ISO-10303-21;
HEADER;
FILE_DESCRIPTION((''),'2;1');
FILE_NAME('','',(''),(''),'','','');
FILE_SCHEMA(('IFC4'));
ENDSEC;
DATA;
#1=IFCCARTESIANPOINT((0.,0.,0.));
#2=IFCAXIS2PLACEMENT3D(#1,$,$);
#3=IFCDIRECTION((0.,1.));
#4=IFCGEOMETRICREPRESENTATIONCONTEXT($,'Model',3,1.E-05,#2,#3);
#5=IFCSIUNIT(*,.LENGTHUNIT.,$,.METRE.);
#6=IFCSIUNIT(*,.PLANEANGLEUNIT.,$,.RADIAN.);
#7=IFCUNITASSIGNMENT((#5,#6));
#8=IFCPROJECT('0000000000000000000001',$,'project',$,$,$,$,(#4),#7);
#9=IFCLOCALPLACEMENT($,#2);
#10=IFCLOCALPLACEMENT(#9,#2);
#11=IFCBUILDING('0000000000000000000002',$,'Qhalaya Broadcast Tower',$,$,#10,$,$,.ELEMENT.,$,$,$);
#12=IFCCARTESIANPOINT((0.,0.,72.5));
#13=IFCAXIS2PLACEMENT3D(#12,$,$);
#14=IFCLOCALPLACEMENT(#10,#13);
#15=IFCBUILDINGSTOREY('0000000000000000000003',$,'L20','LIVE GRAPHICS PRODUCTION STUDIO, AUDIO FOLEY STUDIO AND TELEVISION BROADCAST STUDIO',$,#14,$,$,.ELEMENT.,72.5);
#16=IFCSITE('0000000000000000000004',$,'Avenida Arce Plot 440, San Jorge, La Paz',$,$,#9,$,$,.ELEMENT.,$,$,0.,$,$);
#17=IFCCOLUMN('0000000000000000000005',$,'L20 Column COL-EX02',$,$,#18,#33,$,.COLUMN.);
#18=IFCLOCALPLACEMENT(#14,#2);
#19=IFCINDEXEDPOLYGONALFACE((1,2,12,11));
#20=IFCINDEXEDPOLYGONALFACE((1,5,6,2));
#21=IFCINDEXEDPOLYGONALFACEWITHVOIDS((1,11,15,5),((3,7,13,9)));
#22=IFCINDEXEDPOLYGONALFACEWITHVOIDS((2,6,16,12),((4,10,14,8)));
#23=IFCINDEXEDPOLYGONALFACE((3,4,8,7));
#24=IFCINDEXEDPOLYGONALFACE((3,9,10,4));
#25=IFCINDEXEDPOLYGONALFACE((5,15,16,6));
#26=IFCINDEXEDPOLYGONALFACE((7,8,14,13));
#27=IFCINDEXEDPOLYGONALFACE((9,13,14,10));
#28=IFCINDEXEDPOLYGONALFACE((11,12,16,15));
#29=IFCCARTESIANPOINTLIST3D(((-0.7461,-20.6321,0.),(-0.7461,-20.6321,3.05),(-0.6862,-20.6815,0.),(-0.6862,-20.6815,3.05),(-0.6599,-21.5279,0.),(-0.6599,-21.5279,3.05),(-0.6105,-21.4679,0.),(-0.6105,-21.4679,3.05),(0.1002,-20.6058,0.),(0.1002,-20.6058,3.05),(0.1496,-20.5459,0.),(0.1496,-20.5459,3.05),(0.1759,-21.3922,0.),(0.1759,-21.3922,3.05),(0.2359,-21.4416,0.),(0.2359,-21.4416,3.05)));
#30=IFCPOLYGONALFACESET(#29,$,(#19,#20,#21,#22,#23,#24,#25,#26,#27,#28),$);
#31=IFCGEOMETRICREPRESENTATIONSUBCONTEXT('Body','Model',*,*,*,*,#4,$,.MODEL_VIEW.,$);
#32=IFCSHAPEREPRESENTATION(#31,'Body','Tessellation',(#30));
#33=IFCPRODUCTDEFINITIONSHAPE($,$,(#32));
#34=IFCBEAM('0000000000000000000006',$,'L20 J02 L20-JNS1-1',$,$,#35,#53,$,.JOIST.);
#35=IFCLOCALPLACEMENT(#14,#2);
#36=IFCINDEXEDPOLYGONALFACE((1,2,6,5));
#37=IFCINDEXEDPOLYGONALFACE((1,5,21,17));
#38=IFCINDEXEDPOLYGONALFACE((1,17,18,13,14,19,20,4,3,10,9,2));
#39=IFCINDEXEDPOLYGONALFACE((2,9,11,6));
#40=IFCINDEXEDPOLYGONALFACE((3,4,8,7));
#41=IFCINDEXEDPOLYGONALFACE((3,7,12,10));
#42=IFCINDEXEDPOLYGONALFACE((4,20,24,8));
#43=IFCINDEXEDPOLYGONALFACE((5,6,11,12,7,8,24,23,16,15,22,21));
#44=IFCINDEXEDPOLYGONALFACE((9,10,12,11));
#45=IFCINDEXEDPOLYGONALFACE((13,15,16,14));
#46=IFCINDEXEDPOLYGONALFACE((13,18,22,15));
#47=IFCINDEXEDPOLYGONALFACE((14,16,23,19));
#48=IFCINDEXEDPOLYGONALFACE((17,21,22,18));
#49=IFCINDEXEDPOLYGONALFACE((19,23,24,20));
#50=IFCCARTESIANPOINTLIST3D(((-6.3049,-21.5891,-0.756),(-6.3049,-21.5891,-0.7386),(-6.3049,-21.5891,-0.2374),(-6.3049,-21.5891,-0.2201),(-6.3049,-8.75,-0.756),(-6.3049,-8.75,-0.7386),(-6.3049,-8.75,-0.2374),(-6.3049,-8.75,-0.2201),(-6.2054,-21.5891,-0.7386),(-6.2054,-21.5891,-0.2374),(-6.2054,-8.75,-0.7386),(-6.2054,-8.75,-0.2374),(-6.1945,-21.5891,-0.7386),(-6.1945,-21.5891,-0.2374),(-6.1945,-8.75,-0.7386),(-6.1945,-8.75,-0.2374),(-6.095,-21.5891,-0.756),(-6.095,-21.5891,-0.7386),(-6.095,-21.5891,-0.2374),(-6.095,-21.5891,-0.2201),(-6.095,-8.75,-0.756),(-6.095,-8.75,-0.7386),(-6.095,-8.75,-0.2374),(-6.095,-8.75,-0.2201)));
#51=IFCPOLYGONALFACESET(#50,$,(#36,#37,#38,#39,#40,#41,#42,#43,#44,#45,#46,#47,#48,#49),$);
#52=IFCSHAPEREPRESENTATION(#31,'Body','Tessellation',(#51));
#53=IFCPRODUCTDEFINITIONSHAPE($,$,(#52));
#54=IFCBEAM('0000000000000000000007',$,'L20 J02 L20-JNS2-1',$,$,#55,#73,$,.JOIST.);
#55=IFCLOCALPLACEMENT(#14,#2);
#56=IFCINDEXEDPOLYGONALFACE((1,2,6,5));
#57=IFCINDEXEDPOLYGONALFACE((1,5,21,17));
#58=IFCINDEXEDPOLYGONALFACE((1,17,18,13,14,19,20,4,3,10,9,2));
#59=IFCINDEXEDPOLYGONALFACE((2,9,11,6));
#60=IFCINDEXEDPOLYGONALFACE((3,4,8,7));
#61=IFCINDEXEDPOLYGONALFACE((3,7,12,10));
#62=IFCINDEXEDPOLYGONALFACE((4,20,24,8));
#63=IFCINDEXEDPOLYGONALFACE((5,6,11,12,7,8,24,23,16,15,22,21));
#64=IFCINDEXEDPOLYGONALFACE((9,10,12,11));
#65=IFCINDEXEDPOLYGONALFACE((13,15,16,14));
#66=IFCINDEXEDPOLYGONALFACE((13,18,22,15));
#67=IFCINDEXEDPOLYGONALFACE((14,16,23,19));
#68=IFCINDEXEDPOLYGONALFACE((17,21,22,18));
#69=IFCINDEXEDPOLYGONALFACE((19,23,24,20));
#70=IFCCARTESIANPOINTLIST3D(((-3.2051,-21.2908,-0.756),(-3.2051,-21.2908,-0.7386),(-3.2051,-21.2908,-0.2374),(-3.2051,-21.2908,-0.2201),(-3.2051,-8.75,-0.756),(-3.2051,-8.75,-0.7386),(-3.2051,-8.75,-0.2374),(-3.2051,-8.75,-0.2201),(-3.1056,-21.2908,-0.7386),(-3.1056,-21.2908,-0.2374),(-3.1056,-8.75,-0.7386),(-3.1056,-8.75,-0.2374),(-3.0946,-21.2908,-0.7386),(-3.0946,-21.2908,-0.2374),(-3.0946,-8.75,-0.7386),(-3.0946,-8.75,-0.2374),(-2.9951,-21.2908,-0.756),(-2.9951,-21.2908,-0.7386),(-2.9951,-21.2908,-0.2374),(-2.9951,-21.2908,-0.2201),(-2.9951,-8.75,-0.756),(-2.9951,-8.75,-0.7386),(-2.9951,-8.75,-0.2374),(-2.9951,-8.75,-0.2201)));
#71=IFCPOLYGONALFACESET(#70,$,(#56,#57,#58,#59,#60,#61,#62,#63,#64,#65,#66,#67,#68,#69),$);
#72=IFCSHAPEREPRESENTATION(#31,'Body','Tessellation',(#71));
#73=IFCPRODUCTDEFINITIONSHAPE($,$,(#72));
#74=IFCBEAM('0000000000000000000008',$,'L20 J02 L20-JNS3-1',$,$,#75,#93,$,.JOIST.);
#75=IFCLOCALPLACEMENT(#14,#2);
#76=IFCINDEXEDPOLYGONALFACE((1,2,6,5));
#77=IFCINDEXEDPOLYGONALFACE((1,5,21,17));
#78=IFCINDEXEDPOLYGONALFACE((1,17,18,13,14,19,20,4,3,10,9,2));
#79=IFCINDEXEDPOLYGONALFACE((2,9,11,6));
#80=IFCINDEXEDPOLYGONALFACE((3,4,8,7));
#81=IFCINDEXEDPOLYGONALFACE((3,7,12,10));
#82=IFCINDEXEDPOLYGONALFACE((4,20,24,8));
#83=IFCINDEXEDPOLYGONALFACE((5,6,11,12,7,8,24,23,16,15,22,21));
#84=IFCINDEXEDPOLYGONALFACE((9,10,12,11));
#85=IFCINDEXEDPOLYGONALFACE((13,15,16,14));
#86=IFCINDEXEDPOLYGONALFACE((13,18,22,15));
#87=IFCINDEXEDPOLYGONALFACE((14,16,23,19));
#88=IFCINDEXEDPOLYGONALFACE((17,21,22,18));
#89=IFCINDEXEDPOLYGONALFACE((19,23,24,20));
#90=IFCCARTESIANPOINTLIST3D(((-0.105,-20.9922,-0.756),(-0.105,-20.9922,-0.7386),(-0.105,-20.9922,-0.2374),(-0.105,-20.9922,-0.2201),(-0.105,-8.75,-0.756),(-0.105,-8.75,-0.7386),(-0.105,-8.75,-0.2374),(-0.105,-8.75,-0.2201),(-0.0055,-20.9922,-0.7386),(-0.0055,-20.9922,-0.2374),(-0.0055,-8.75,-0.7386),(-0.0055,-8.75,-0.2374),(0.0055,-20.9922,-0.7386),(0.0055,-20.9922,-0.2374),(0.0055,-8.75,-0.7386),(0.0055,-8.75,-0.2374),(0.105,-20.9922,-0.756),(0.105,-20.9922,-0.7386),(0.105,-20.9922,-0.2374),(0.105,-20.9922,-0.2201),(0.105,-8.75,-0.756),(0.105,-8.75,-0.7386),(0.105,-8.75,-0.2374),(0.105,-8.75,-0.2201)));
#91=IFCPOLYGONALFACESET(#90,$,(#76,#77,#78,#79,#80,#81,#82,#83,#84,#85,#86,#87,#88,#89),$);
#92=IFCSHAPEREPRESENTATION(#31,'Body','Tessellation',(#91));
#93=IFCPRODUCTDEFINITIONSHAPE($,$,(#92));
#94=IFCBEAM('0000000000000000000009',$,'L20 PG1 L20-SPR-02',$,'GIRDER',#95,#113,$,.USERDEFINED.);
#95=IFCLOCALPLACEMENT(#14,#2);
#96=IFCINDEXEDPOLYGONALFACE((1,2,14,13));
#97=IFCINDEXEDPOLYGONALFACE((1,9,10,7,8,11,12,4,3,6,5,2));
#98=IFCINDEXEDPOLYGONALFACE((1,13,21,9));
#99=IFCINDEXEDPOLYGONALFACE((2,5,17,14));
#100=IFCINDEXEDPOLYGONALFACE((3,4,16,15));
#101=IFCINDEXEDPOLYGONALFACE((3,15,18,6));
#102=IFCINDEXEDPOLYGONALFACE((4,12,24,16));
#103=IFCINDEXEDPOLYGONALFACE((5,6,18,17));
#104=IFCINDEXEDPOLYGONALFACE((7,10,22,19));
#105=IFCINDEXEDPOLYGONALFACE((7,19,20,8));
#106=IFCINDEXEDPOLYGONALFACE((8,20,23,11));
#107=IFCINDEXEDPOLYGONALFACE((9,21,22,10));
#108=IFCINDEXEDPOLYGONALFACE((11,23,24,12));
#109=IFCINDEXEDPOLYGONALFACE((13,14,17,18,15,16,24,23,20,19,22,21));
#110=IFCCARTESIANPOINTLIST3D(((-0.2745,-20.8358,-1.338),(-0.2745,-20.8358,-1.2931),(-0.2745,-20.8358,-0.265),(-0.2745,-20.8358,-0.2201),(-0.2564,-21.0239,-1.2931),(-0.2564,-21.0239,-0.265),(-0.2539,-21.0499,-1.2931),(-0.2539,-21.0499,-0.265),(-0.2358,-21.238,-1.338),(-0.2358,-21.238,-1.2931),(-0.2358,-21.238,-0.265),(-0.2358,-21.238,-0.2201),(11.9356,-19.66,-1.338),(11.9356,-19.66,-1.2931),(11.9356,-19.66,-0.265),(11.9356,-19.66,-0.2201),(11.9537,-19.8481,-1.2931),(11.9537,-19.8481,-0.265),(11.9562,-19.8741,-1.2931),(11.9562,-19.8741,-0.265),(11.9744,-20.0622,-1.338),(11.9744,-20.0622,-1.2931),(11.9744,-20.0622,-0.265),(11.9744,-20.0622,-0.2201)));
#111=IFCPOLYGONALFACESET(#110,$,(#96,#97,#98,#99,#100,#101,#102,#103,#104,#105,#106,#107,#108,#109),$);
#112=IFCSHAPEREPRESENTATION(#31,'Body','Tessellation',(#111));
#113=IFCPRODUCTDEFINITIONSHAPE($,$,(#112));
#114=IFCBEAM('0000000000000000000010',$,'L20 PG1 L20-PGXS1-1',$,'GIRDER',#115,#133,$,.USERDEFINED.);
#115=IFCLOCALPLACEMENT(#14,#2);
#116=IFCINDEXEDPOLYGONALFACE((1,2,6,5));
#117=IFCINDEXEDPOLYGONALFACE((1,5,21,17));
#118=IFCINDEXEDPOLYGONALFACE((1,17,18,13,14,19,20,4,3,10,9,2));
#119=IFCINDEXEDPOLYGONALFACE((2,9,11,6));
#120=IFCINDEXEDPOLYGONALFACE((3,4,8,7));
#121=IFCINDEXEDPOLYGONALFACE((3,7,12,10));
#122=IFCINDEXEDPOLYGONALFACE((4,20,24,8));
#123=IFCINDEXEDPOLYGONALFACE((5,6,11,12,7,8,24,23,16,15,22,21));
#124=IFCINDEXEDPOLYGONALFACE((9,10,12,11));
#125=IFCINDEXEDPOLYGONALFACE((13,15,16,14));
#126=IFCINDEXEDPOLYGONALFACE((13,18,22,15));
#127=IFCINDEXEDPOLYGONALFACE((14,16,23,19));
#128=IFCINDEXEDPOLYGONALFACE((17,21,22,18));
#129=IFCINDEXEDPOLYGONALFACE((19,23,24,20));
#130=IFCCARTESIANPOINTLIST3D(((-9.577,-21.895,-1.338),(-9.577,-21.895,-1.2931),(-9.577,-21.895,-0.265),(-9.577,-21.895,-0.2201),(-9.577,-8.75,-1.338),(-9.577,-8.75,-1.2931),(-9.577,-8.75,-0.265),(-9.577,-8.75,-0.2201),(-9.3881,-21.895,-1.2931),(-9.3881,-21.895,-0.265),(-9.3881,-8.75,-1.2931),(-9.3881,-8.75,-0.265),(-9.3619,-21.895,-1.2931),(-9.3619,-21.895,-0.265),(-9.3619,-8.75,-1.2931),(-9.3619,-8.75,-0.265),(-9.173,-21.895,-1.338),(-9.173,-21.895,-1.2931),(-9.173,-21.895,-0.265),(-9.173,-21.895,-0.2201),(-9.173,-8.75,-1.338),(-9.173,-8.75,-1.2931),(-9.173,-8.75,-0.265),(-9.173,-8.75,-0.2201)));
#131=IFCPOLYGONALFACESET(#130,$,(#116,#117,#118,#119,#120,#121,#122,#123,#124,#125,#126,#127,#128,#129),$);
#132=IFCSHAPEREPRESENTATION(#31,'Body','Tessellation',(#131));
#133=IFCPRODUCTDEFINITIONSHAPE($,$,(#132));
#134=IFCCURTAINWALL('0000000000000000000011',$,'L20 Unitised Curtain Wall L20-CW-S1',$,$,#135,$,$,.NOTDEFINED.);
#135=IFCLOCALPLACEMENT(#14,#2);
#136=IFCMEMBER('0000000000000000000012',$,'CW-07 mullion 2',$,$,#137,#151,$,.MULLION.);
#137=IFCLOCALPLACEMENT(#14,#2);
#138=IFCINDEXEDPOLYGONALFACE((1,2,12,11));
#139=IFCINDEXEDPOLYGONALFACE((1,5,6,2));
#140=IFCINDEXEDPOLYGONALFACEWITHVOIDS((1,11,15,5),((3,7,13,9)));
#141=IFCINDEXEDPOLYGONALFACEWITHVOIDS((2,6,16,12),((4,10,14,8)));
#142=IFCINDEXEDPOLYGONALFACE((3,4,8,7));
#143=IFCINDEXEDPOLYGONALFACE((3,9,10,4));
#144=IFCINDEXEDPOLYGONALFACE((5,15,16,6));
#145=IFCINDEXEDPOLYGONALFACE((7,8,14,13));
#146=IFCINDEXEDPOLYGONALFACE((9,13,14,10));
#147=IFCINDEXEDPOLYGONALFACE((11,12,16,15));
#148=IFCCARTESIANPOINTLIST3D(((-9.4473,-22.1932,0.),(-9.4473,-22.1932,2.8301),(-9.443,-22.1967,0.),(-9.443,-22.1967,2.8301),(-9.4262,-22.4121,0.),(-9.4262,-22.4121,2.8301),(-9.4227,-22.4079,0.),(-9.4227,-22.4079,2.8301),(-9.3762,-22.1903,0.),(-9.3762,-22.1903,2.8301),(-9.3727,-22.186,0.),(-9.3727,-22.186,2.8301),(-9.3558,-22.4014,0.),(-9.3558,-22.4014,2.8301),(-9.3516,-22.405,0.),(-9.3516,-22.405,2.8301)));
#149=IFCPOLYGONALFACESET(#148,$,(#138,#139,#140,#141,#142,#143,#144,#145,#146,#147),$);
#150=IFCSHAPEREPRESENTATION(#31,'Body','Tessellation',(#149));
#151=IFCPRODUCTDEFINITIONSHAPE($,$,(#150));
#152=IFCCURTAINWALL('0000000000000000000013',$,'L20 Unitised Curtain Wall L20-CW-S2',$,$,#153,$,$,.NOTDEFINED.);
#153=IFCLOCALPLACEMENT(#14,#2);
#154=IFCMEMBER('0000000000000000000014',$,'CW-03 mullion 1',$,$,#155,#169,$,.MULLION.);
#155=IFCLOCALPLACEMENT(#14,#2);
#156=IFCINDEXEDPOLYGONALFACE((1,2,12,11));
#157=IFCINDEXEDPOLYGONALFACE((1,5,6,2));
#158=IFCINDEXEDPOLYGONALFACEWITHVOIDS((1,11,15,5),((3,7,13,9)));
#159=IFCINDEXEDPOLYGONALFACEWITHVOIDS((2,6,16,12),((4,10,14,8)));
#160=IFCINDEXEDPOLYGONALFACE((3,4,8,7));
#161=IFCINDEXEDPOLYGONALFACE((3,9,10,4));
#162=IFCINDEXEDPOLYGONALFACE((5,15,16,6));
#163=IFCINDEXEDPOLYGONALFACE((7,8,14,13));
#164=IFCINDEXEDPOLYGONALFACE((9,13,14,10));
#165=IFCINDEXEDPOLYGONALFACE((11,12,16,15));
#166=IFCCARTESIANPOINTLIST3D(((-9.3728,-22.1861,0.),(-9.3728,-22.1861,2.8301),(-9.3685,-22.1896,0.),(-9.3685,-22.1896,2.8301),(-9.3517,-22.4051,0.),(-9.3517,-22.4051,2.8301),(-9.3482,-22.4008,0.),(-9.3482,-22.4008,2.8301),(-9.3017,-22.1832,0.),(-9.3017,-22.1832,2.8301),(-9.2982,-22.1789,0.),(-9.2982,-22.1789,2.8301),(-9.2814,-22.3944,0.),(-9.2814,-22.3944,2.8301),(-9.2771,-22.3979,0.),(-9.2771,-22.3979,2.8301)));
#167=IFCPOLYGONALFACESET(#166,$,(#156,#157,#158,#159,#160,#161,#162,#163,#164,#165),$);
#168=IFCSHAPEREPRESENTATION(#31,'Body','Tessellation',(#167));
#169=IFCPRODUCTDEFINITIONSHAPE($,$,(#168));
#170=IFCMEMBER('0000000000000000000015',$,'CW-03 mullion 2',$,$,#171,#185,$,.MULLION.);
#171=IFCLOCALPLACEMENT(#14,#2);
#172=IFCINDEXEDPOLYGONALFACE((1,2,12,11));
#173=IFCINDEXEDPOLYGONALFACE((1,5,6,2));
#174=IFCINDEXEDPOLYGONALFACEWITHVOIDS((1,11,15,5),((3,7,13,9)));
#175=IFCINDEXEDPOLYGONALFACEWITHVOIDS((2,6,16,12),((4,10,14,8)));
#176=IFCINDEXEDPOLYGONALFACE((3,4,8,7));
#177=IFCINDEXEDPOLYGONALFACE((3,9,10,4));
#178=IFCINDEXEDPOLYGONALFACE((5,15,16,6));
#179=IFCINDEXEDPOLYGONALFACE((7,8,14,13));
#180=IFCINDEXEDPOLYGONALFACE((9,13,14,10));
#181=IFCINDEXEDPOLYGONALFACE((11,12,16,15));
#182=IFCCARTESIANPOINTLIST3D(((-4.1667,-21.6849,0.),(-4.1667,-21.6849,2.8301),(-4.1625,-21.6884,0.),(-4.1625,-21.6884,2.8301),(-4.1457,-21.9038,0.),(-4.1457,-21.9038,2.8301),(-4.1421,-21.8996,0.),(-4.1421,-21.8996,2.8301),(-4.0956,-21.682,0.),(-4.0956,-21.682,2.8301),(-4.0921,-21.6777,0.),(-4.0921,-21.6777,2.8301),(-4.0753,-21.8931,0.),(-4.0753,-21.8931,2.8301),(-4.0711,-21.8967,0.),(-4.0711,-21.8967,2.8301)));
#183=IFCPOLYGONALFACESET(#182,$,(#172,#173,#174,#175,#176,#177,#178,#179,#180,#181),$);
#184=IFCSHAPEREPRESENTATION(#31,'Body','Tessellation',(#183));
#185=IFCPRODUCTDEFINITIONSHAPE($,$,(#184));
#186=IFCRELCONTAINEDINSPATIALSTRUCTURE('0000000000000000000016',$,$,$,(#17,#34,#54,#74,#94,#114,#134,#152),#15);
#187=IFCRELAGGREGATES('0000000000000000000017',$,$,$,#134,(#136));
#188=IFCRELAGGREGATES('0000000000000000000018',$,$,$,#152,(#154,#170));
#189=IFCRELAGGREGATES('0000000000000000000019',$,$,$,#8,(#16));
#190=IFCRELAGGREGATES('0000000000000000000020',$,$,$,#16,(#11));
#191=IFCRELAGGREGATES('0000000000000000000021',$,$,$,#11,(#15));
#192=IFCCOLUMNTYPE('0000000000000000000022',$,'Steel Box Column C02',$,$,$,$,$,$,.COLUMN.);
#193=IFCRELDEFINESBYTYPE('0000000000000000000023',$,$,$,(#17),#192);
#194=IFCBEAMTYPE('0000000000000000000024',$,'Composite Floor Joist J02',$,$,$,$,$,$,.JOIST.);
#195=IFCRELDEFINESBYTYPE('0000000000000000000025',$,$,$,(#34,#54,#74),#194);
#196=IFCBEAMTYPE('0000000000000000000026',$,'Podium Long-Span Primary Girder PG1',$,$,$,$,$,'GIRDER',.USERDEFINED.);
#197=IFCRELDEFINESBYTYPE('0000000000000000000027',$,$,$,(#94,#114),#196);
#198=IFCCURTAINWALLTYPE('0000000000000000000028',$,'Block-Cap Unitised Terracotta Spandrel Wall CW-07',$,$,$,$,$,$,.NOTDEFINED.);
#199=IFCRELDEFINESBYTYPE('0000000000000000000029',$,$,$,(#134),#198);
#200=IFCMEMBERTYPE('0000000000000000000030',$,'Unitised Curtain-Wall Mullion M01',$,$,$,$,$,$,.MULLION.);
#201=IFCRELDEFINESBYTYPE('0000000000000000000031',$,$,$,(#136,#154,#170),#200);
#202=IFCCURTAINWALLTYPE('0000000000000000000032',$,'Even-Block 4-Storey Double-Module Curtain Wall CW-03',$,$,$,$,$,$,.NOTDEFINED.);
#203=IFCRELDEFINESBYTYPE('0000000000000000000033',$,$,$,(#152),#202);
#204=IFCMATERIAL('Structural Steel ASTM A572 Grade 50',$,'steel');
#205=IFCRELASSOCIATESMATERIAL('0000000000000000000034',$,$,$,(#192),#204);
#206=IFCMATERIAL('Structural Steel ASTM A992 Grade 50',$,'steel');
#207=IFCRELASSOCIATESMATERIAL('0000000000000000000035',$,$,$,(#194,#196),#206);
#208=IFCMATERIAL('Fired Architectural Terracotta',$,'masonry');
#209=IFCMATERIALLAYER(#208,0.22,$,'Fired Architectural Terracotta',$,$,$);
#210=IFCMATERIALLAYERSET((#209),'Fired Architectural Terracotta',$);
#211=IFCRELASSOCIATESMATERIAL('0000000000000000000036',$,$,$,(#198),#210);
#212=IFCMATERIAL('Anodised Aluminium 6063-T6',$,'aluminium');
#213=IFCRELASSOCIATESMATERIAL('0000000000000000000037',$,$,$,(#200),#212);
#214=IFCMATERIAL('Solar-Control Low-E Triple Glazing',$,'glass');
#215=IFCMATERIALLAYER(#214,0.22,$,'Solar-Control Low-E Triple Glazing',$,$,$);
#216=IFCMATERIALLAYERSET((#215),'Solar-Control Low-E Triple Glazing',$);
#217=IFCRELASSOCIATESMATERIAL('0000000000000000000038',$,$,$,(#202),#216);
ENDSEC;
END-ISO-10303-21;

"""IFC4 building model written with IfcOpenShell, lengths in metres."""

from ifc_helpers import new_model, si_unit, direction, frame, origin, origin_2d, place, context, subcontext, project, spatial, hollow_rectangle, i_section, extrude, material, layer, layer_set, material_profile, profile_set, type_object, element, aggregate, save


model = new_model("IFC4")

# Units and contexts
model_context = context("Model", 3, precision=1e-05, world=origin(), true_north=direction((0.0, 1.0)))
body_context = subcontext(model_context, "Body", "Model", "MODEL_VIEW")
ifc_project = project(units=[si_unit("LENGTHUNIT", "METRE"), si_unit("PLANEANGLEUNIT", "RADIAN")], contexts=[model_context])

# Site, building, storey
site_placement = place(None, origin())
site = spatial("IfcSite", under=ifc_project, at=site_placement, Name="Avenida Arce Plot 440, San Jorge, La Paz", CompositionType="ELEMENT", RefElevation=0.0)
building_placement = place(site_placement, origin())
building = spatial("IfcBuilding", under=site, at=building_placement, Name="Qhalaya Broadcast Tower", CompositionType="ELEMENT")
storey_placement = place(building_placement, frame((0.0, 0.0, 72.5)))
storey = spatial("IfcBuildingStorey", under=building, at=storey_placement, Name="L20", Description="LIVE GRAPHICS PRODUCTION STUDIO, AUDIO FOLEY STUDIO AND TELEVISION BROADCAST STUDIO", CompositionType="ELEMENT", Elevation=72.5)

# Column
ifc_material_1 = material(Name="Structural Steel ASTM A572 Grade 50", Category="steel")
ifc_material_profile_1 = material_profile(ifc_material_1, hollow_rectangle(XDim=0.8999, YDim=0.8999, WallThickness=0.0549, at=origin_2d()), Name="BOX 900x900x55")
ifc_profile_set_1 = profile_set([ifc_material_profile_1], Name="Structural Steel ASTM A572 Grade 50")
column_type = type_object("IfcColumnType", Name="Steel Box Column C02", PredefinedType="COLUMN", material=ifc_profile_set_1)
column_placement = place(storey_placement, frame((-0.2551, -21.0369, 0.0), z_axis=(0.0, 0.0, 1.0), x_axis=(0.995396, 0.095846, 0.0)))
element("IfcColumn", 1, at=column_placement, inside=storey, type_object=column_type, Name="L20 Column COL-EX02", PredefinedType="COLUMN", context=body_context, shape_type="SweptSolid", body=[
    extrude(hollow_rectangle(XDim=0.8999, YDim=0.8999, WallThickness=0.0549, at=origin_2d()), origin(), (0.0, 0.0, 1.0), 3.05),
])

# Beams
ifc_material_2 = material(Name="Structural Steel ASTM A992 Grade 50", Category="steel")
ifc_material_profile_2 = material_profile(ifc_material_2, i_section(OverallWidth=0.21, OverallDepth=0.5359, WebThickness=0.011, FlangeThickness=0.0173, at=origin_2d()), Name="W21X68")
ifc_profile_set_2 = profile_set([ifc_material_profile_2], Name="Structural Steel ASTM A992 Grade 50")
beam_type_1 = type_object("IfcBeamType", Name="Composite Floor Joist J02", PredefinedType="JOIST", material=ifc_profile_set_2)
beam_1_placement = place(storey_placement, frame((-6.2, -21.5891, -0.488), z_axis=(0.0, 1.0, 0.0), x_axis=(-1.0, 0.0, 0.0)))
element("IfcBeam", 2, at=beam_1_placement, inside=storey, type_object=beam_type_1, Name="L20 J02 L20-JNS1-1", PredefinedType="JOIST", context=body_context, shape_type="SweptSolid", body=[
    extrude(i_section(OverallWidth=0.21, OverallDepth=0.5359, WebThickness=0.011, FlangeThickness=0.0173, at=origin_2d()), origin(), (0.0, 0.0, 1.0), 12.8391),
])
beam_2_placement = place(storey_placement, frame((-3.1001, -21.2908, -0.488), z_axis=(0.0, 1.0, 0.0), x_axis=(-1.0, 0.0, 0.0)))
element("IfcBeam", 3, at=beam_2_placement, inside=storey, type_object=beam_type_1, Name="L20 J02 L20-JNS2-1", PredefinedType="JOIST", context=body_context, shape_type="SweptSolid", body=[
    extrude(i_section(OverallWidth=0.21, OverallDepth=0.5359, WebThickness=0.011, FlangeThickness=0.0173, at=origin_2d()), origin(), (0.0, 0.0, 1.0), 12.5408),
])
beam_3_placement = place(storey_placement, frame((0.0, -20.9922, -0.488), z_axis=(0.0, 1.0, 0.0), x_axis=(-1.0, 0.0, 0.0)))
element("IfcBeam", 4, at=beam_3_placement, inside=storey, type_object=beam_type_1, Name="L20 J02 L20-JNS3-1", PredefinedType="JOIST", context=body_context, shape_type="SweptSolid", body=[
    extrude(i_section(OverallWidth=0.21, OverallDepth=0.5359, WebThickness=0.011, FlangeThickness=0.0173, at=origin_2d()), origin(), (0.0, 0.0, 1.0), 12.2422),
])
ifc_material_profile_3 = material_profile(ifc_material_2, i_section(OverallWidth=0.4041, OverallDepth=1.1179, WebThickness=0.0261, FlangeThickness=0.0449, at=origin_2d()), Name="W44X335")
ifc_profile_set_3 = profile_set([ifc_material_profile_3], Name="Structural Steel ASTM A992 Grade 50")
beam_type_2 = type_object("IfcBeamType", Name="Podium Long-Span Primary Girder PG1", ElementType="GIRDER", PredefinedType="USERDEFINED", material=ifc_profile_set_3)
beam_4_placement = place(storey_placement, frame((-0.2551, -21.0369, -0.7791), z_axis=(0.995396, 0.095852, 0.0), x_axis=(-0.095852, 0.995396, 0.0)))
element("IfcBeam", 5, at=beam_4_placement, inside=storey, type_object=beam_type_2, Name="L20 PG1 L20-SPR-02", ObjectType="GIRDER", PredefinedType="USERDEFINED", context=body_context, shape_type="SweptSolid", body=[
    extrude(i_section(OverallWidth=0.4041, OverallDepth=1.1179, WebThickness=0.0261, FlangeThickness=0.0449, at=origin_2d()), origin(), (0.0, 0.0, 1.0), 12.2666),
])
beam_5_placement = place(storey_placement, frame((-9.375, -21.895, -0.7791), z_axis=(0.0, 1.0, 0.0), x_axis=(-1.0, 0.0, 0.0)))
element("IfcBeam", 6, at=beam_5_placement, inside=storey, type_object=beam_type_2, Name="L20 PG1 L20-PGXS1-1", ObjectType="GIRDER", PredefinedType="USERDEFINED", context=body_context, shape_type="SweptSolid", body=[
    extrude(i_section(OverallWidth=0.4041, OverallDepth=1.1179, WebThickness=0.0261, FlangeThickness=0.0449, at=origin_2d()), origin(), (0.0, 0.0, 1.0), 13.145),
])

# Curtain wall, member
ifc_material_3 = material(Name="Fired Architectural Terracotta", Category="masonry")
ifc_layer_1 = layer(ifc_material_3, 0.22, Name="Fired Architectural Terracotta")
ifc_layer_set_1 = layer_set([ifc_layer_1], Name="Fired Architectural Terracotta")
curtain_wall_type_1 = type_object("IfcCurtainWallType", Name="Block-Cap Unitised Terracotta Spandrel Wall CW-07", PredefinedType="NOTDEFINED", material=ifc_layer_set_1)
curtain_wall_1_placement = place(storey_placement, origin())
curtain_wall_1 = element("IfcCurtainWall", 7, at=curtain_wall_1_placement, inside=storey, type_object=curtain_wall_type_1, Name="L20 Unitised Curtain Wall L20-CW-S1", PredefinedType="NOTDEFINED")
ifc_material_4 = material(Name="Anodised Aluminium 6063-T6", Category="aluminium")
ifc_material_profile_4 = material_profile(ifc_material_4, hollow_rectangle(XDim=0.075, YDim=0.22, WallThickness=0.0039, at=origin_2d()), Name="ALU-MUL 75x220x4")
ifc_profile_set_4 = profile_set([ifc_material_profile_4], Name="Anodised Aluminium 6063-T6")
member_type_1 = type_object("IfcMemberType", Name="Unitised Curtain-Wall Mullion M01", PredefinedType="MULLION", material=ifc_profile_set_4)
member_1_placement = place(storey_placement, frame((-9.3994, -22.2991, 0.0), z_axis=(0.0, 0.0, 1.0), x_axis=(0.995396, 0.095846, 0.0)))
member_1 = element("IfcMember", 8, at=member_1_placement, type_object=member_type_1, Name="CW-07 mullion 2", PredefinedType="MULLION", context=body_context, shape_type="SweptSolid", body=[
    extrude(hollow_rectangle(XDim=0.075, YDim=0.22, WallThickness=0.0039, at=origin_2d()), origin(), (0.0, 0.0, 1.0), 2.8301),
])

# Curtain wall, members
ifc_material_5 = material(Name="Solar-Control Low-E Triple Glazing", Category="glass")
ifc_layer_2 = layer(ifc_material_5, 0.22, Name="Solar-Control Low-E Triple Glazing")
ifc_layer_set_2 = layer_set([ifc_layer_2], Name="Solar-Control Low-E Triple Glazing")
curtain_wall_type_2 = type_object("IfcCurtainWallType", Name="Even-Block 4-Storey Double-Module Curtain Wall CW-03", PredefinedType="NOTDEFINED", material=ifc_layer_set_2)
curtain_wall_2_placement = place(storey_placement, origin())
curtain_wall_2 = element("IfcCurtainWall", 9, at=curtain_wall_2_placement, inside=storey, type_object=curtain_wall_type_2, Name="L20 Unitised Curtain Wall L20-CW-S2", PredefinedType="NOTDEFINED")
member_2_placement = place(storey_placement, frame((-9.325, -22.292, 0.0), z_axis=(0.0, 0.0, 1.0), x_axis=(0.995396, 0.095852, 0.0)))
member_2 = element("IfcMember", 10, at=member_2_placement, type_object=member_type_1, Name="CW-03 mullion 1", PredefinedType="MULLION", context=body_context, shape_type="SweptSolid", body=[
    extrude(hollow_rectangle(XDim=0.075, YDim=0.22, WallThickness=0.0039, at=origin_2d()), origin(), (0.0, 0.0, 1.0), 2.8301),
])
member_3_placement = place(storey_placement, frame((-4.1189, -21.7908, 0.0), z_axis=(0.0, 0.0, 1.0), x_axis=(0.995396, 0.095852, 0.0)))
member_3 = element("IfcMember", 11, at=member_3_placement, type_object=member_type_1, Name="CW-03 mullion 2", PredefinedType="MULLION", context=body_context, shape_type="SweptSolid", body=[
    extrude(hollow_rectangle(XDim=0.075, YDim=0.22, WallThickness=0.0039, at=origin_2d()), origin(), (0.0, 0.0, 1.0), 2.8301),
])

aggregate(curtain_wall_1, [member_1])
aggregate(curtain_wall_2, [member_2, member_3])

save(model, "model.ifc")
